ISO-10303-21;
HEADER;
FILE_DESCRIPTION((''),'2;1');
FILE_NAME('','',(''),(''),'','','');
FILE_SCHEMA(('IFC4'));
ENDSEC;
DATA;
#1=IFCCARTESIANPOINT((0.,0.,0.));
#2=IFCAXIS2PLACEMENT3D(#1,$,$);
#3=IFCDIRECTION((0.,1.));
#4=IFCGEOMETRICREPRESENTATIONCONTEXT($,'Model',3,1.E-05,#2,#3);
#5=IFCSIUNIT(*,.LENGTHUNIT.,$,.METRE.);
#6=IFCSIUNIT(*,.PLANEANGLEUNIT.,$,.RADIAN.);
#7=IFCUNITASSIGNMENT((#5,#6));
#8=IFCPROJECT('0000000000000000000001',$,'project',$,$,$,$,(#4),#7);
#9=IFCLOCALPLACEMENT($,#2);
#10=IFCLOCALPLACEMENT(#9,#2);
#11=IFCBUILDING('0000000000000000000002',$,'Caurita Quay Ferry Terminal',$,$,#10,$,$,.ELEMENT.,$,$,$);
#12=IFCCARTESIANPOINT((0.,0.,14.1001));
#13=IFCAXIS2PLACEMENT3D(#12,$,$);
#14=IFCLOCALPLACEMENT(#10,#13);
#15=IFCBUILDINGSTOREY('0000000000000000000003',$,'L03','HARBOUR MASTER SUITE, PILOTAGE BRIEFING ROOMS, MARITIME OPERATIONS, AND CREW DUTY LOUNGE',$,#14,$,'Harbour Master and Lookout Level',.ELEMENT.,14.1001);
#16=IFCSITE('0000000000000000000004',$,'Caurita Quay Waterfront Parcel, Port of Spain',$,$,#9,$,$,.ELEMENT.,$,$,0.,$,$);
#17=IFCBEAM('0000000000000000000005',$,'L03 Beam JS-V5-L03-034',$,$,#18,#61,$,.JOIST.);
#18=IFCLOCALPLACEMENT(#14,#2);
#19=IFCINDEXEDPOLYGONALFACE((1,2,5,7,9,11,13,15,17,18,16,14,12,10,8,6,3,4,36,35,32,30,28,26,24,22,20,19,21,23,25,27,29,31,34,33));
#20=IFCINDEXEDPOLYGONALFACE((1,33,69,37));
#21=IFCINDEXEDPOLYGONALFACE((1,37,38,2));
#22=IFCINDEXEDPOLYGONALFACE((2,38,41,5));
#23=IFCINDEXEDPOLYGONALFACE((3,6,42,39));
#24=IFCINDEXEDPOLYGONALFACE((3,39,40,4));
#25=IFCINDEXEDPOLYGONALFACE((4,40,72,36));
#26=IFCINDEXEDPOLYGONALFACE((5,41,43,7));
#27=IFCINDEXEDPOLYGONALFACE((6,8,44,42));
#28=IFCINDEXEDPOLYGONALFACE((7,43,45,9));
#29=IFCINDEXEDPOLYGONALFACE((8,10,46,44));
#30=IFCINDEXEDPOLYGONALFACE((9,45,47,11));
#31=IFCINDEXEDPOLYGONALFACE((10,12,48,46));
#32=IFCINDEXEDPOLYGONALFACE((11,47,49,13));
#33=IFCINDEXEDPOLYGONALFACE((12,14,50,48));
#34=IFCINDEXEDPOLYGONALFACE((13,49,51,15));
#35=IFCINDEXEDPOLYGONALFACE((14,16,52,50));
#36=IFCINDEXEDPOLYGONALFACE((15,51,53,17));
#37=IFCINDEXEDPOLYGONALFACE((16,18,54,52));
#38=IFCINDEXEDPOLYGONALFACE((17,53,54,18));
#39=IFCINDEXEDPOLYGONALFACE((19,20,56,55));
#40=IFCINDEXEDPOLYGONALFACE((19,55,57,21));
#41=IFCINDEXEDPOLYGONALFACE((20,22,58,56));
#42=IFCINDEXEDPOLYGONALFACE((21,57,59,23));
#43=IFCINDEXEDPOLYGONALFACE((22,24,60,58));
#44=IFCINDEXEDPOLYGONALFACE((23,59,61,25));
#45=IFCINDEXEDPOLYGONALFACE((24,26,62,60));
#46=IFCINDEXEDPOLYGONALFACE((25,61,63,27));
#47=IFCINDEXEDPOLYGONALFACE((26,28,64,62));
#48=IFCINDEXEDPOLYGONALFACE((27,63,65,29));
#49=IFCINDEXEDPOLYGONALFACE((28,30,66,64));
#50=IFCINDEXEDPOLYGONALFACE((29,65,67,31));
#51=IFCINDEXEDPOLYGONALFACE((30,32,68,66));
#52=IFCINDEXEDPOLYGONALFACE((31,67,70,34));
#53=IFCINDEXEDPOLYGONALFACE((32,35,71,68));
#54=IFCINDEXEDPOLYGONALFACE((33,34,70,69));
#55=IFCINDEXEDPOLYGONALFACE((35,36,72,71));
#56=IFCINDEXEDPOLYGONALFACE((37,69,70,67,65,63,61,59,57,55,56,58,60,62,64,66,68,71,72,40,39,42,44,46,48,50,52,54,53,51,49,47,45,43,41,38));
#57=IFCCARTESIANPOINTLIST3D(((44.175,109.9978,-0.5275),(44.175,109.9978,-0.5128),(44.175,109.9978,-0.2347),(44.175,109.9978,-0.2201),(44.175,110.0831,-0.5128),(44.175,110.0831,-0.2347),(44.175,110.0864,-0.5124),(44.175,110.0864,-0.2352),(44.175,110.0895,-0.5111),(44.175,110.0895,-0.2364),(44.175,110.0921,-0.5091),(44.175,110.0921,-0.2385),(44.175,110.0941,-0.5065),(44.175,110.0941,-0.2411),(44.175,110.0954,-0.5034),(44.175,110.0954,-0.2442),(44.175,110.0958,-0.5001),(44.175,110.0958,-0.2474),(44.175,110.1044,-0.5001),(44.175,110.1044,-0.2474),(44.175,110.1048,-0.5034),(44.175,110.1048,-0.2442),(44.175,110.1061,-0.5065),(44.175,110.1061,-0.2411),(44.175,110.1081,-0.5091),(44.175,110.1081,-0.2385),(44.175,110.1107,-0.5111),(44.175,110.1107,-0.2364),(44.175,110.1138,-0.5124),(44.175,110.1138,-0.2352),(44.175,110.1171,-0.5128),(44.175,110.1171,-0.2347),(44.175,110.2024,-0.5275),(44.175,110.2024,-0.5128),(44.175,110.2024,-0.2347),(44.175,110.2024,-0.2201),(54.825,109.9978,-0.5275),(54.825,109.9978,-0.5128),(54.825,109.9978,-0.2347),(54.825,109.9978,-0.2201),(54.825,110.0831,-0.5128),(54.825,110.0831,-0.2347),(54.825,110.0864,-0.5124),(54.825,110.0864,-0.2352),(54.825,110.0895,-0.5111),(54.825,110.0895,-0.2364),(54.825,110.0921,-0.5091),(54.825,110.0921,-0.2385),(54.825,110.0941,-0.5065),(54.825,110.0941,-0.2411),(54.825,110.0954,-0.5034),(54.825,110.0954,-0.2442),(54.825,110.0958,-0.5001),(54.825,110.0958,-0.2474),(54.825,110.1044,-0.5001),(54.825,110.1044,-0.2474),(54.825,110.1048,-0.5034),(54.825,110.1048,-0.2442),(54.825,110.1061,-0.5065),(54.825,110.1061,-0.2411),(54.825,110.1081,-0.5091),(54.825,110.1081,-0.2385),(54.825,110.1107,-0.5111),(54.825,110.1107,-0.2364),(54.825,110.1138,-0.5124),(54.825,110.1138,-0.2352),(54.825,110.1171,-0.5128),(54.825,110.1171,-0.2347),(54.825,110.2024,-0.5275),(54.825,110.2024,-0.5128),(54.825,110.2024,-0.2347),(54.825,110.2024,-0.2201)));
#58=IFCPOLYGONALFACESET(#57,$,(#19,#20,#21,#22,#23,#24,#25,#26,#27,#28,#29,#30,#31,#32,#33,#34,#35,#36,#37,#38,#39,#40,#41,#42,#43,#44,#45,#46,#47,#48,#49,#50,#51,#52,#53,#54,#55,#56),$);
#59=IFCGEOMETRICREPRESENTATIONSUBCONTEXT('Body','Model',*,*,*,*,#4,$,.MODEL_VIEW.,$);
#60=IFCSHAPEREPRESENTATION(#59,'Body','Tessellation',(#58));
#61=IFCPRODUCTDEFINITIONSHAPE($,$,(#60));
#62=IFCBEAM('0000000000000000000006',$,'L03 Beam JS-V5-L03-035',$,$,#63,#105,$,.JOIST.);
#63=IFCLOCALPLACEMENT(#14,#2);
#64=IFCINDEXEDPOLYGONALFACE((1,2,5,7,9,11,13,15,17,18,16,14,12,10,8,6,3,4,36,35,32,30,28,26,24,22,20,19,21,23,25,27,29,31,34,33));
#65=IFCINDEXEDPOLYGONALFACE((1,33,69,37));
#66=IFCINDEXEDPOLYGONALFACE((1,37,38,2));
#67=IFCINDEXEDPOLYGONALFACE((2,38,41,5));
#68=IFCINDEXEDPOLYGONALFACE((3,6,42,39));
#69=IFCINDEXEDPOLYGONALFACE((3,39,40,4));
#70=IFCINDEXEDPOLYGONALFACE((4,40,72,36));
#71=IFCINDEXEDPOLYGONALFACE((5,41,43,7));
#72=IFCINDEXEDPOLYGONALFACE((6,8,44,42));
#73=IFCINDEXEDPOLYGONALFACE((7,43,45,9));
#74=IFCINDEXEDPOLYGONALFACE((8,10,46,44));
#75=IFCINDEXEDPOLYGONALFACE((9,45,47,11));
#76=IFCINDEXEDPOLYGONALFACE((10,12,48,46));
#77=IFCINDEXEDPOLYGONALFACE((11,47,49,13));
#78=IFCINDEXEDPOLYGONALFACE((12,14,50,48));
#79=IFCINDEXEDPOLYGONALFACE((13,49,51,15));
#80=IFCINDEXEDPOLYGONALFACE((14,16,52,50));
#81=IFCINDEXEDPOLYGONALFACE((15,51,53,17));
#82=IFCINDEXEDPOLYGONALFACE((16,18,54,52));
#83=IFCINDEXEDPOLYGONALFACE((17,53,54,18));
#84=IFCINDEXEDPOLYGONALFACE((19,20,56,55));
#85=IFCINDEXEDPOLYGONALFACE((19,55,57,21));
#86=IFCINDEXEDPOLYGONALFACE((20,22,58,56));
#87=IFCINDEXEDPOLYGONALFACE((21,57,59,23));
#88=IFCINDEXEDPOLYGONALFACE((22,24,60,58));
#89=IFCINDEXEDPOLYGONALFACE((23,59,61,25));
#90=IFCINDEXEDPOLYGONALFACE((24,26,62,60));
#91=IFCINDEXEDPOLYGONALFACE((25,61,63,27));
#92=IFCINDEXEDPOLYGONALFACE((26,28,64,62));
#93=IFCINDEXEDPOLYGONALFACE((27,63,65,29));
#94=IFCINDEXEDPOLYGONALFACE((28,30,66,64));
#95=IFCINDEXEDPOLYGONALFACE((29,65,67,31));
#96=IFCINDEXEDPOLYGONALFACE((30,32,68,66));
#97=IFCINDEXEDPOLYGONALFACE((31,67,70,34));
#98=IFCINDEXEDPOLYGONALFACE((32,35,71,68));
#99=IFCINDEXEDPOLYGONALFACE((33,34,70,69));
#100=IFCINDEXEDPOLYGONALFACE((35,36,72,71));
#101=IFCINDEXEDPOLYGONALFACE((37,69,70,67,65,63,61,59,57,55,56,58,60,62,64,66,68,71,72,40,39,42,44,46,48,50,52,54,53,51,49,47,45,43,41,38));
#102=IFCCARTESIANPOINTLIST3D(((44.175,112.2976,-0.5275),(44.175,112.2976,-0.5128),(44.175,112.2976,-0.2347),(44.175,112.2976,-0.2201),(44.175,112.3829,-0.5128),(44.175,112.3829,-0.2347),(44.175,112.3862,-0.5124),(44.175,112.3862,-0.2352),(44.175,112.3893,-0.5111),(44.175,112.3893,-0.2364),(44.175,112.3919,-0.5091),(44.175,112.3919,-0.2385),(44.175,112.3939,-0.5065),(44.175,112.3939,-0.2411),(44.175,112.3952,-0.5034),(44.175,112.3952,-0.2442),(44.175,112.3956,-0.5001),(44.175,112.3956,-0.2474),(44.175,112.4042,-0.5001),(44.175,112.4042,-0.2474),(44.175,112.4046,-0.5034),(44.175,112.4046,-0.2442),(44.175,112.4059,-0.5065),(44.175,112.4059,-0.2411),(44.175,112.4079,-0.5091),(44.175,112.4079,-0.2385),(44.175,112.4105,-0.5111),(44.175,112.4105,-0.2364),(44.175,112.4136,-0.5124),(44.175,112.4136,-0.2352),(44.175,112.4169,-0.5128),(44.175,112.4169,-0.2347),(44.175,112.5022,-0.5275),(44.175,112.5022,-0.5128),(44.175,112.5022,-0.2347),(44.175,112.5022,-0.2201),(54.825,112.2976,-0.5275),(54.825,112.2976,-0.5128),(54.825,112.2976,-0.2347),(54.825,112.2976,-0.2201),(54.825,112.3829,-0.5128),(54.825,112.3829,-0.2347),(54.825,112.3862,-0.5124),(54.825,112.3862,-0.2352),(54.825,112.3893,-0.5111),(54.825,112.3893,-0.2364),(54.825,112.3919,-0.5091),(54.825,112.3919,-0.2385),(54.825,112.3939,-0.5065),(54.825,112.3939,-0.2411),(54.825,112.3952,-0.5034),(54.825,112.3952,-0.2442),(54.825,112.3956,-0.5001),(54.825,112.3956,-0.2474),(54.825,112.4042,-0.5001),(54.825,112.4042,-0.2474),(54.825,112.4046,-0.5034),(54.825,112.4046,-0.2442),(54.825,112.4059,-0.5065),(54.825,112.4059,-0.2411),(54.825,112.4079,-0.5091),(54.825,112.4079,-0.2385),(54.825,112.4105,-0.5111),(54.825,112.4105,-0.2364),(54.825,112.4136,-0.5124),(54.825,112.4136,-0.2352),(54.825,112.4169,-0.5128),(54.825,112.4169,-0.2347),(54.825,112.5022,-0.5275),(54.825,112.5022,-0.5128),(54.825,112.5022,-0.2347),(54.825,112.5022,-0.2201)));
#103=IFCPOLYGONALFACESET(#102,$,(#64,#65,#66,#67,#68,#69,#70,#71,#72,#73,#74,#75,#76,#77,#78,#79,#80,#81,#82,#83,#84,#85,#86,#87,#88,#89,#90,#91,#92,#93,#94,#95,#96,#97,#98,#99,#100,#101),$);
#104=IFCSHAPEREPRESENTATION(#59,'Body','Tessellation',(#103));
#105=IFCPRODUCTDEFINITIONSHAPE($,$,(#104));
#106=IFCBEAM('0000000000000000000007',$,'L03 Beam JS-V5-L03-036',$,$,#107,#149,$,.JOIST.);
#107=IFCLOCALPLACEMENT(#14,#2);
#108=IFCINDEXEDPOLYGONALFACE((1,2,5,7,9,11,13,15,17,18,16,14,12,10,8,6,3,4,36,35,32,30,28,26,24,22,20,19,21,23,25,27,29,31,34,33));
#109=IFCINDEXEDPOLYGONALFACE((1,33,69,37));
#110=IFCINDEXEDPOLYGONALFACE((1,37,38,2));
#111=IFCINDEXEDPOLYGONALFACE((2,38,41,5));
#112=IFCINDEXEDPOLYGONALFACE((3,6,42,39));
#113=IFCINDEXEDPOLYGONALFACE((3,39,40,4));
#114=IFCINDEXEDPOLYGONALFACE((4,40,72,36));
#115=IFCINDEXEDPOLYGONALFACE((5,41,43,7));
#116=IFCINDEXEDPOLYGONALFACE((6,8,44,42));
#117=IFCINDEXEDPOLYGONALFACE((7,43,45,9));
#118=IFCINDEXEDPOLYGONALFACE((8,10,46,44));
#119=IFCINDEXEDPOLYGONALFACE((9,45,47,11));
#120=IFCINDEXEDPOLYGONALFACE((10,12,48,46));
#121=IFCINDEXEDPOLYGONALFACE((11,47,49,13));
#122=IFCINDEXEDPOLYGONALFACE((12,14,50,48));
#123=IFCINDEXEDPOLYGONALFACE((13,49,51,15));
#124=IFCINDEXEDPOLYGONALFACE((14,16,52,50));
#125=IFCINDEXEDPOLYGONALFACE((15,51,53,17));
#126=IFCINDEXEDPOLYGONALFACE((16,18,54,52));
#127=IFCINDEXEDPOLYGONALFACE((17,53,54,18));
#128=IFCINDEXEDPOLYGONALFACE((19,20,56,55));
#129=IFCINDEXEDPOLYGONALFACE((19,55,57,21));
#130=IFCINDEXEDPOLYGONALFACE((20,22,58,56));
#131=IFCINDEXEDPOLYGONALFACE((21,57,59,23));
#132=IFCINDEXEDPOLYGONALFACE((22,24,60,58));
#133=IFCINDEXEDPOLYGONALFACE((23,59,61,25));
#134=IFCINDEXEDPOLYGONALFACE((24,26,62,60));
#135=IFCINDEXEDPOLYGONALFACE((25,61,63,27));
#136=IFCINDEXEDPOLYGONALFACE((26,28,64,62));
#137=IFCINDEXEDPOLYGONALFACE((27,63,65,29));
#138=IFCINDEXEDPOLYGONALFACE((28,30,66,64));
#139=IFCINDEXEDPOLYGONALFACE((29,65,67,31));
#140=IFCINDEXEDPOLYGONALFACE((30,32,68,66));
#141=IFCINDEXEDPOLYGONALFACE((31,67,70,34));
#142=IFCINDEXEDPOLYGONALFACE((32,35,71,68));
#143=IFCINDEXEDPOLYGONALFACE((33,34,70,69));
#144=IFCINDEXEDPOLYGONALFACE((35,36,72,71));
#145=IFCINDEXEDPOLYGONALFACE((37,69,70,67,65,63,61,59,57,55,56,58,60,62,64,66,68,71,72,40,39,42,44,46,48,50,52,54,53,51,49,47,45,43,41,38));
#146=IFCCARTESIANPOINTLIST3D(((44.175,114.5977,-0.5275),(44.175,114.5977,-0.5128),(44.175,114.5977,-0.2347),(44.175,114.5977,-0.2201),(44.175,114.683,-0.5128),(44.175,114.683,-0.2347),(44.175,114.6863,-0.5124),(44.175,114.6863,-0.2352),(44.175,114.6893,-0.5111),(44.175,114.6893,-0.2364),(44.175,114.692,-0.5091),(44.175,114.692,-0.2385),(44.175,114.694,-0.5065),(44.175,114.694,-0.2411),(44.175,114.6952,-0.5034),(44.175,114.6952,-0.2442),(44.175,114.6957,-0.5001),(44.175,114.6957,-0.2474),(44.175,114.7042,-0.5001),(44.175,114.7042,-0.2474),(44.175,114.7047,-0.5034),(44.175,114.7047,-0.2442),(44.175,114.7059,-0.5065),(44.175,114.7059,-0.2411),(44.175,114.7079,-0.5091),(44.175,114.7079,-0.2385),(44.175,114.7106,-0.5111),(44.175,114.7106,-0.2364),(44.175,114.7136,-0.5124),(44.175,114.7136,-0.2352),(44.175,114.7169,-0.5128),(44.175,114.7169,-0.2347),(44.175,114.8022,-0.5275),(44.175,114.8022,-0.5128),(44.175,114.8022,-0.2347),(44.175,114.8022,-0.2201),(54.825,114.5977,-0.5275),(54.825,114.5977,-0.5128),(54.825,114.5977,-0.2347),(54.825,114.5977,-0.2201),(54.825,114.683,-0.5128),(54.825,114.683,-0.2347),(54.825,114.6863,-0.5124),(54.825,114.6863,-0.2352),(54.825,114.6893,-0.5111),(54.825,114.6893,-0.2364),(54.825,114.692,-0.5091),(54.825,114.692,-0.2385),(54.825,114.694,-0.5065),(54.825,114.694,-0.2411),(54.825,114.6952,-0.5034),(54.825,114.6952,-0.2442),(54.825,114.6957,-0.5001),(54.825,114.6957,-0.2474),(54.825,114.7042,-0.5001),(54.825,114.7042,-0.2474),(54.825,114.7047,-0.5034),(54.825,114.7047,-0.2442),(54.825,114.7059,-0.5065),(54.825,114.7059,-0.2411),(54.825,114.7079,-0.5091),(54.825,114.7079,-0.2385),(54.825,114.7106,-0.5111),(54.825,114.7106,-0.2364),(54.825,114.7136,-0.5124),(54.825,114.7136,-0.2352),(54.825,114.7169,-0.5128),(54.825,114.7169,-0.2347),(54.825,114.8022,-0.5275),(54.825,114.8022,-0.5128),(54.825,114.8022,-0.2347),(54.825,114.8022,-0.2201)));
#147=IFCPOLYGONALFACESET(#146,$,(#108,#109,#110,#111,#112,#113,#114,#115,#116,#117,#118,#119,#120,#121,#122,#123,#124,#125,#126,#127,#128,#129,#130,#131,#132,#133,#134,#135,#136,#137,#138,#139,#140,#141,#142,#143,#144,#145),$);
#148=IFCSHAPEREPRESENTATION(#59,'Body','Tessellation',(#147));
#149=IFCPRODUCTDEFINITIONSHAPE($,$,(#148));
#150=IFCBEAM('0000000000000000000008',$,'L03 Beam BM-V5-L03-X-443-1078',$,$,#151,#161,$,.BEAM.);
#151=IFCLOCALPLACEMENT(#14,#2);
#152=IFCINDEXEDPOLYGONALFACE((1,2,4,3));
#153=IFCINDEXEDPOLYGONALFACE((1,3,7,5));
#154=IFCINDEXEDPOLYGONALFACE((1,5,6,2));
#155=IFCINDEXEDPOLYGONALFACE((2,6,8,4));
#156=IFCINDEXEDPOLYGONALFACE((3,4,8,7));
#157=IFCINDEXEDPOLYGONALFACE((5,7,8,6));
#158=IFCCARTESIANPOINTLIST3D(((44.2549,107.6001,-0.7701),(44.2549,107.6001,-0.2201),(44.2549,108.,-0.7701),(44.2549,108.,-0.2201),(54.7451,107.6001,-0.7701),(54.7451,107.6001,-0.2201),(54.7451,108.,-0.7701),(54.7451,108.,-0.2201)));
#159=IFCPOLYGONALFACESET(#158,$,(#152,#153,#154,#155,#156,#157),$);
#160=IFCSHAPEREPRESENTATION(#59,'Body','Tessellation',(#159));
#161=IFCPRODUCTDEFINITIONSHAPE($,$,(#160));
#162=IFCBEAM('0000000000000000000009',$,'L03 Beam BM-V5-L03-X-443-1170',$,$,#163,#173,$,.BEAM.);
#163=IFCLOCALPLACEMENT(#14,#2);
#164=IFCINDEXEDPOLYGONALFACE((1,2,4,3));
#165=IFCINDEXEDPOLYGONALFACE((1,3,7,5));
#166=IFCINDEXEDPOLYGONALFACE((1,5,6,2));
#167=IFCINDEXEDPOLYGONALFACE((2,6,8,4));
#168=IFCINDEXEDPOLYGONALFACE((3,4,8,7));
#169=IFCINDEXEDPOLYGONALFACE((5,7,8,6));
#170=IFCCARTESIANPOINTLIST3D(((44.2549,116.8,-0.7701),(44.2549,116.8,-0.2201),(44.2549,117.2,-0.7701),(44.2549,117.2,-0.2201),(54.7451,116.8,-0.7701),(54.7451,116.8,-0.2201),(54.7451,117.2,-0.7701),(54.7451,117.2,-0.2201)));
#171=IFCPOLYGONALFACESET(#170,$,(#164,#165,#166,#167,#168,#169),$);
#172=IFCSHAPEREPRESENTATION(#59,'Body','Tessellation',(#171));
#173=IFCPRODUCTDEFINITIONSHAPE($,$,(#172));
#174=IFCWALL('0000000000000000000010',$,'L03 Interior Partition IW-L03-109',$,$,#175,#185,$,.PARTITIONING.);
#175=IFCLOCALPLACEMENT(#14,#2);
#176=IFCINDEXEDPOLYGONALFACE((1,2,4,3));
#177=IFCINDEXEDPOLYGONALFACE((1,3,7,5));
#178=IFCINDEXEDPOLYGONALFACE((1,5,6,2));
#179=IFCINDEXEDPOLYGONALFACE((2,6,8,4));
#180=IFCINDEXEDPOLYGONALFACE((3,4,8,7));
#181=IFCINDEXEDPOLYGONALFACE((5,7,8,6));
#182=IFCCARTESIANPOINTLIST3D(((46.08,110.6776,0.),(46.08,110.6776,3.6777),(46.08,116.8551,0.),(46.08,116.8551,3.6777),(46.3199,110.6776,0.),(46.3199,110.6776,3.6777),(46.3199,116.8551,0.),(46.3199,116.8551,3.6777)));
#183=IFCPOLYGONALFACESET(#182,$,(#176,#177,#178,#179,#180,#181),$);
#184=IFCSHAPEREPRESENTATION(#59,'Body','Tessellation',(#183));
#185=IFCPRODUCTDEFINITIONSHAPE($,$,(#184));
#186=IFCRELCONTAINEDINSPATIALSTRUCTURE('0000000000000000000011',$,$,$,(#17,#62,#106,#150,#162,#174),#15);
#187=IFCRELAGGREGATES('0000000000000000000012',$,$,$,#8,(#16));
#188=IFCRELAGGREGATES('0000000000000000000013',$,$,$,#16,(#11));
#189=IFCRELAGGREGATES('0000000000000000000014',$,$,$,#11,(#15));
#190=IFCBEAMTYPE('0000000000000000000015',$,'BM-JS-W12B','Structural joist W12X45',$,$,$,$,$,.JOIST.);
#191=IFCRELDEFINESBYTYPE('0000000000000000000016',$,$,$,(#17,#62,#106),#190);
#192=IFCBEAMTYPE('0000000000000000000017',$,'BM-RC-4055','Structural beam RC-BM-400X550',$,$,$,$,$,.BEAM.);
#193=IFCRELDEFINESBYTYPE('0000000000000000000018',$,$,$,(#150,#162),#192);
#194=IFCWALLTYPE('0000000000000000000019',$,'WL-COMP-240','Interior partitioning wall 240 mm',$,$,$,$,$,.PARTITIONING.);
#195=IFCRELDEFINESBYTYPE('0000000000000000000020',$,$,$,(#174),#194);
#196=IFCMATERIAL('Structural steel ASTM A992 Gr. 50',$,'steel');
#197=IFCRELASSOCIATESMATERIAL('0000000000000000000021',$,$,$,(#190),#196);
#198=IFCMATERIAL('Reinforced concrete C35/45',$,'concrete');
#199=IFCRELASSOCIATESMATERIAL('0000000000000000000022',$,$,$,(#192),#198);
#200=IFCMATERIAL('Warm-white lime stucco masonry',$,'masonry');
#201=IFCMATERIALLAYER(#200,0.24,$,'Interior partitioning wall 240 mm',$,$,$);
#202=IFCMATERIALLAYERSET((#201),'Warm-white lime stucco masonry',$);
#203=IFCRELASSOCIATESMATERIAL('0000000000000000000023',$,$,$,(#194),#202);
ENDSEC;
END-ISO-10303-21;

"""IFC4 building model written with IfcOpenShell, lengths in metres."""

from ifc_helpers import new_model, si_unit, direction, frame, frame_2d, origin, origin_2d, place, context, subcontext, project, spatial, rectangle, i_section, extrude, material, layer, layer_set, material_profile, profile_set, type_object, element, save


model = new_model("IFC4")

# Units and contexts
model_context = context("Model", 3, precision=1e-05, world=origin(), true_north=direction((0.0, 1.0)))
body_context = subcontext(model_context, "Body", "Model", "MODEL_VIEW")
ifc_project = project(units=[si_unit("LENGTHUNIT", "METRE"), si_unit("PLANEANGLEUNIT", "RADIAN")], contexts=[model_context])

# Site, building, storey
site_placement = place(None, origin())
site = spatial("IfcSite", under=ifc_project, at=site_placement, Name="Caurita Quay Waterfront Parcel, Port of Spain", CompositionType="ELEMENT", RefElevation=0.0)
building_placement = place(site_placement, origin())
building = spatial("IfcBuilding", under=site, at=building_placement, Name="Caurita Quay Ferry Terminal", CompositionType="ELEMENT")
storey_placement = place(building_placement, frame((0.0, 0.0, 14.1001)))
storey = spatial("IfcBuildingStorey", under=building, at=storey_placement, Name="L03", Description="HARBOUR MASTER SUITE, PILOTAGE BRIEFING ROOMS, MARITIME OPERATIONS, AND CREW DUTY LOUNGE", LongName="Harbour Master and Lookout Level", CompositionType="ELEMENT", Elevation=14.1001)

# Beams
ifc_material_1 = material(Name="Structural steel ASTM A992 Gr. 50", Category="steel")
ifc_material_profile_1 = material_profile(ifc_material_1, i_section(OverallWidth=0.2046, OverallDepth=0.3074, WebThickness=0.0085, FlangeThickness=0.0146, FilletRadius=0.0127, at=origin_2d()), Name="W12X45")
ifc_profile_set_1 = profile_set([ifc_material_profile_1], Name="Structural steel ASTM A992 Gr. 50")
beam_type_1 = type_object("IfcBeamType", Name="BM-JS-W12B", Description="Structural joist W12X45", PredefinedType="JOIST", material=ifc_profile_set_1)
for number, where, z_axis, x_axis, name in (
    (1, (44.175, 110.1001, -0.3738), (1.0, 0.0, 0.0), (0.0, 1.0, 0.0), "L03 Beam JS-V5-L03-034"),
    (2, (44.175, 112.3999, -0.3738), (1.0, 0.0, 0.0), (0.0, 1.0, 0.0), "L03 Beam JS-V5-L03-035"),
    (3, (44.175, 114.7, -0.3738), (1.0, 0.0, 0.0), (0.0, 1.0, 0.0), "L03 Beam JS-V5-L03-036"),
):
    element("IfcBeam", number, at=place(storey_placement, frame(where, z_axis=z_axis, x_axis=x_axis)), inside=storey, type_object=beam_type_1, Name=name, PredefinedType="JOIST", context=body_context, shape_type="SweptSolid", body=[
        extrude(i_section(OverallWidth=0.2046, OverallDepth=0.3074, WebThickness=0.0085, FlangeThickness=0.0146, FilletRadius=0.0127, at=origin_2d()), origin(), (0.0, 0.0, 1.0), 10.6499),
    ])
ifc_material_2 = material(Name="Reinforced concrete C35/45", Category="concrete")
ifc_material_profile_2 = material_profile(ifc_material_2, rectangle(XDim=0.3999, YDim=0.55, at=origin_2d()), Name="RC-BM-400X550")
ifc_profile_set_2 = profile_set([ifc_material_profile_2], Name="Reinforced concrete C35/45")
beam_type_2 = type_object("IfcBeamType", Name="BM-RC-4055", Description="Structural beam RC-BM-400X550", PredefinedType="BEAM", material=ifc_profile_set_2)
for number, where, z_axis, x_axis, name in (
    (4, (44.2549, 107.8, -0.4951), (1.0, 0.0, 0.0), (0.0, 1.0, 0.0), "L03 Beam BM-V5-L03-X-443-1078"),
    (5, (44.2549, 117.0, -0.4951), (1.0, 0.0, 0.0), (0.0, 1.0, 0.0), "L03 Beam BM-V5-L03-X-443-1170"),
):
    element("IfcBeam", number, at=place(storey_placement, frame(where, z_axis=z_axis, x_axis=x_axis)), inside=storey, type_object=beam_type_2, Name=name, PredefinedType="BEAM", context=body_context, shape_type="SweptSolid", body=[
        extrude(rectangle(XDim=0.3999, YDim=0.55, at=origin_2d()), origin(), (0.0, 0.0, 1.0), 10.4902),
    ])

# Wall
ifc_material_3 = material(Name="Warm-white lime stucco masonry", Category="masonry")
ifc_layer_1 = layer(ifc_material_3, 0.24, Name="Interior partitioning wall 240 mm")
ifc_layer_set_1 = layer_set([ifc_layer_1], Name="Warm-white lime stucco masonry")
wall_type_1 = type_object("IfcWallType", Name="WL-COMP-240", Description="Interior partitioning wall 240 mm", PredefinedType="PARTITIONING", material=ifc_layer_set_1)
wall_1_placement = place(storey_placement, frame((46.2, 110.6775, 0.0), z_axis=(0.0, 0.0, 1.0), x_axis=(0.0, 1.0, 0.0)))
element("IfcWall", 6, at=wall_1_placement, inside=storey, type_object=wall_type_1, Name="L03 Interior Partition IW-L03-109", PredefinedType="PARTITIONING", context=body_context, shape_type="SweptSolid", body=[
    extrude(rectangle(XDim=6.1775, YDim=0.24, at=frame_2d((3.0889, 0.0))), origin(), (0.0, 0.0, 1.0), 3.6777),
])

save(model, "model.ifc")
